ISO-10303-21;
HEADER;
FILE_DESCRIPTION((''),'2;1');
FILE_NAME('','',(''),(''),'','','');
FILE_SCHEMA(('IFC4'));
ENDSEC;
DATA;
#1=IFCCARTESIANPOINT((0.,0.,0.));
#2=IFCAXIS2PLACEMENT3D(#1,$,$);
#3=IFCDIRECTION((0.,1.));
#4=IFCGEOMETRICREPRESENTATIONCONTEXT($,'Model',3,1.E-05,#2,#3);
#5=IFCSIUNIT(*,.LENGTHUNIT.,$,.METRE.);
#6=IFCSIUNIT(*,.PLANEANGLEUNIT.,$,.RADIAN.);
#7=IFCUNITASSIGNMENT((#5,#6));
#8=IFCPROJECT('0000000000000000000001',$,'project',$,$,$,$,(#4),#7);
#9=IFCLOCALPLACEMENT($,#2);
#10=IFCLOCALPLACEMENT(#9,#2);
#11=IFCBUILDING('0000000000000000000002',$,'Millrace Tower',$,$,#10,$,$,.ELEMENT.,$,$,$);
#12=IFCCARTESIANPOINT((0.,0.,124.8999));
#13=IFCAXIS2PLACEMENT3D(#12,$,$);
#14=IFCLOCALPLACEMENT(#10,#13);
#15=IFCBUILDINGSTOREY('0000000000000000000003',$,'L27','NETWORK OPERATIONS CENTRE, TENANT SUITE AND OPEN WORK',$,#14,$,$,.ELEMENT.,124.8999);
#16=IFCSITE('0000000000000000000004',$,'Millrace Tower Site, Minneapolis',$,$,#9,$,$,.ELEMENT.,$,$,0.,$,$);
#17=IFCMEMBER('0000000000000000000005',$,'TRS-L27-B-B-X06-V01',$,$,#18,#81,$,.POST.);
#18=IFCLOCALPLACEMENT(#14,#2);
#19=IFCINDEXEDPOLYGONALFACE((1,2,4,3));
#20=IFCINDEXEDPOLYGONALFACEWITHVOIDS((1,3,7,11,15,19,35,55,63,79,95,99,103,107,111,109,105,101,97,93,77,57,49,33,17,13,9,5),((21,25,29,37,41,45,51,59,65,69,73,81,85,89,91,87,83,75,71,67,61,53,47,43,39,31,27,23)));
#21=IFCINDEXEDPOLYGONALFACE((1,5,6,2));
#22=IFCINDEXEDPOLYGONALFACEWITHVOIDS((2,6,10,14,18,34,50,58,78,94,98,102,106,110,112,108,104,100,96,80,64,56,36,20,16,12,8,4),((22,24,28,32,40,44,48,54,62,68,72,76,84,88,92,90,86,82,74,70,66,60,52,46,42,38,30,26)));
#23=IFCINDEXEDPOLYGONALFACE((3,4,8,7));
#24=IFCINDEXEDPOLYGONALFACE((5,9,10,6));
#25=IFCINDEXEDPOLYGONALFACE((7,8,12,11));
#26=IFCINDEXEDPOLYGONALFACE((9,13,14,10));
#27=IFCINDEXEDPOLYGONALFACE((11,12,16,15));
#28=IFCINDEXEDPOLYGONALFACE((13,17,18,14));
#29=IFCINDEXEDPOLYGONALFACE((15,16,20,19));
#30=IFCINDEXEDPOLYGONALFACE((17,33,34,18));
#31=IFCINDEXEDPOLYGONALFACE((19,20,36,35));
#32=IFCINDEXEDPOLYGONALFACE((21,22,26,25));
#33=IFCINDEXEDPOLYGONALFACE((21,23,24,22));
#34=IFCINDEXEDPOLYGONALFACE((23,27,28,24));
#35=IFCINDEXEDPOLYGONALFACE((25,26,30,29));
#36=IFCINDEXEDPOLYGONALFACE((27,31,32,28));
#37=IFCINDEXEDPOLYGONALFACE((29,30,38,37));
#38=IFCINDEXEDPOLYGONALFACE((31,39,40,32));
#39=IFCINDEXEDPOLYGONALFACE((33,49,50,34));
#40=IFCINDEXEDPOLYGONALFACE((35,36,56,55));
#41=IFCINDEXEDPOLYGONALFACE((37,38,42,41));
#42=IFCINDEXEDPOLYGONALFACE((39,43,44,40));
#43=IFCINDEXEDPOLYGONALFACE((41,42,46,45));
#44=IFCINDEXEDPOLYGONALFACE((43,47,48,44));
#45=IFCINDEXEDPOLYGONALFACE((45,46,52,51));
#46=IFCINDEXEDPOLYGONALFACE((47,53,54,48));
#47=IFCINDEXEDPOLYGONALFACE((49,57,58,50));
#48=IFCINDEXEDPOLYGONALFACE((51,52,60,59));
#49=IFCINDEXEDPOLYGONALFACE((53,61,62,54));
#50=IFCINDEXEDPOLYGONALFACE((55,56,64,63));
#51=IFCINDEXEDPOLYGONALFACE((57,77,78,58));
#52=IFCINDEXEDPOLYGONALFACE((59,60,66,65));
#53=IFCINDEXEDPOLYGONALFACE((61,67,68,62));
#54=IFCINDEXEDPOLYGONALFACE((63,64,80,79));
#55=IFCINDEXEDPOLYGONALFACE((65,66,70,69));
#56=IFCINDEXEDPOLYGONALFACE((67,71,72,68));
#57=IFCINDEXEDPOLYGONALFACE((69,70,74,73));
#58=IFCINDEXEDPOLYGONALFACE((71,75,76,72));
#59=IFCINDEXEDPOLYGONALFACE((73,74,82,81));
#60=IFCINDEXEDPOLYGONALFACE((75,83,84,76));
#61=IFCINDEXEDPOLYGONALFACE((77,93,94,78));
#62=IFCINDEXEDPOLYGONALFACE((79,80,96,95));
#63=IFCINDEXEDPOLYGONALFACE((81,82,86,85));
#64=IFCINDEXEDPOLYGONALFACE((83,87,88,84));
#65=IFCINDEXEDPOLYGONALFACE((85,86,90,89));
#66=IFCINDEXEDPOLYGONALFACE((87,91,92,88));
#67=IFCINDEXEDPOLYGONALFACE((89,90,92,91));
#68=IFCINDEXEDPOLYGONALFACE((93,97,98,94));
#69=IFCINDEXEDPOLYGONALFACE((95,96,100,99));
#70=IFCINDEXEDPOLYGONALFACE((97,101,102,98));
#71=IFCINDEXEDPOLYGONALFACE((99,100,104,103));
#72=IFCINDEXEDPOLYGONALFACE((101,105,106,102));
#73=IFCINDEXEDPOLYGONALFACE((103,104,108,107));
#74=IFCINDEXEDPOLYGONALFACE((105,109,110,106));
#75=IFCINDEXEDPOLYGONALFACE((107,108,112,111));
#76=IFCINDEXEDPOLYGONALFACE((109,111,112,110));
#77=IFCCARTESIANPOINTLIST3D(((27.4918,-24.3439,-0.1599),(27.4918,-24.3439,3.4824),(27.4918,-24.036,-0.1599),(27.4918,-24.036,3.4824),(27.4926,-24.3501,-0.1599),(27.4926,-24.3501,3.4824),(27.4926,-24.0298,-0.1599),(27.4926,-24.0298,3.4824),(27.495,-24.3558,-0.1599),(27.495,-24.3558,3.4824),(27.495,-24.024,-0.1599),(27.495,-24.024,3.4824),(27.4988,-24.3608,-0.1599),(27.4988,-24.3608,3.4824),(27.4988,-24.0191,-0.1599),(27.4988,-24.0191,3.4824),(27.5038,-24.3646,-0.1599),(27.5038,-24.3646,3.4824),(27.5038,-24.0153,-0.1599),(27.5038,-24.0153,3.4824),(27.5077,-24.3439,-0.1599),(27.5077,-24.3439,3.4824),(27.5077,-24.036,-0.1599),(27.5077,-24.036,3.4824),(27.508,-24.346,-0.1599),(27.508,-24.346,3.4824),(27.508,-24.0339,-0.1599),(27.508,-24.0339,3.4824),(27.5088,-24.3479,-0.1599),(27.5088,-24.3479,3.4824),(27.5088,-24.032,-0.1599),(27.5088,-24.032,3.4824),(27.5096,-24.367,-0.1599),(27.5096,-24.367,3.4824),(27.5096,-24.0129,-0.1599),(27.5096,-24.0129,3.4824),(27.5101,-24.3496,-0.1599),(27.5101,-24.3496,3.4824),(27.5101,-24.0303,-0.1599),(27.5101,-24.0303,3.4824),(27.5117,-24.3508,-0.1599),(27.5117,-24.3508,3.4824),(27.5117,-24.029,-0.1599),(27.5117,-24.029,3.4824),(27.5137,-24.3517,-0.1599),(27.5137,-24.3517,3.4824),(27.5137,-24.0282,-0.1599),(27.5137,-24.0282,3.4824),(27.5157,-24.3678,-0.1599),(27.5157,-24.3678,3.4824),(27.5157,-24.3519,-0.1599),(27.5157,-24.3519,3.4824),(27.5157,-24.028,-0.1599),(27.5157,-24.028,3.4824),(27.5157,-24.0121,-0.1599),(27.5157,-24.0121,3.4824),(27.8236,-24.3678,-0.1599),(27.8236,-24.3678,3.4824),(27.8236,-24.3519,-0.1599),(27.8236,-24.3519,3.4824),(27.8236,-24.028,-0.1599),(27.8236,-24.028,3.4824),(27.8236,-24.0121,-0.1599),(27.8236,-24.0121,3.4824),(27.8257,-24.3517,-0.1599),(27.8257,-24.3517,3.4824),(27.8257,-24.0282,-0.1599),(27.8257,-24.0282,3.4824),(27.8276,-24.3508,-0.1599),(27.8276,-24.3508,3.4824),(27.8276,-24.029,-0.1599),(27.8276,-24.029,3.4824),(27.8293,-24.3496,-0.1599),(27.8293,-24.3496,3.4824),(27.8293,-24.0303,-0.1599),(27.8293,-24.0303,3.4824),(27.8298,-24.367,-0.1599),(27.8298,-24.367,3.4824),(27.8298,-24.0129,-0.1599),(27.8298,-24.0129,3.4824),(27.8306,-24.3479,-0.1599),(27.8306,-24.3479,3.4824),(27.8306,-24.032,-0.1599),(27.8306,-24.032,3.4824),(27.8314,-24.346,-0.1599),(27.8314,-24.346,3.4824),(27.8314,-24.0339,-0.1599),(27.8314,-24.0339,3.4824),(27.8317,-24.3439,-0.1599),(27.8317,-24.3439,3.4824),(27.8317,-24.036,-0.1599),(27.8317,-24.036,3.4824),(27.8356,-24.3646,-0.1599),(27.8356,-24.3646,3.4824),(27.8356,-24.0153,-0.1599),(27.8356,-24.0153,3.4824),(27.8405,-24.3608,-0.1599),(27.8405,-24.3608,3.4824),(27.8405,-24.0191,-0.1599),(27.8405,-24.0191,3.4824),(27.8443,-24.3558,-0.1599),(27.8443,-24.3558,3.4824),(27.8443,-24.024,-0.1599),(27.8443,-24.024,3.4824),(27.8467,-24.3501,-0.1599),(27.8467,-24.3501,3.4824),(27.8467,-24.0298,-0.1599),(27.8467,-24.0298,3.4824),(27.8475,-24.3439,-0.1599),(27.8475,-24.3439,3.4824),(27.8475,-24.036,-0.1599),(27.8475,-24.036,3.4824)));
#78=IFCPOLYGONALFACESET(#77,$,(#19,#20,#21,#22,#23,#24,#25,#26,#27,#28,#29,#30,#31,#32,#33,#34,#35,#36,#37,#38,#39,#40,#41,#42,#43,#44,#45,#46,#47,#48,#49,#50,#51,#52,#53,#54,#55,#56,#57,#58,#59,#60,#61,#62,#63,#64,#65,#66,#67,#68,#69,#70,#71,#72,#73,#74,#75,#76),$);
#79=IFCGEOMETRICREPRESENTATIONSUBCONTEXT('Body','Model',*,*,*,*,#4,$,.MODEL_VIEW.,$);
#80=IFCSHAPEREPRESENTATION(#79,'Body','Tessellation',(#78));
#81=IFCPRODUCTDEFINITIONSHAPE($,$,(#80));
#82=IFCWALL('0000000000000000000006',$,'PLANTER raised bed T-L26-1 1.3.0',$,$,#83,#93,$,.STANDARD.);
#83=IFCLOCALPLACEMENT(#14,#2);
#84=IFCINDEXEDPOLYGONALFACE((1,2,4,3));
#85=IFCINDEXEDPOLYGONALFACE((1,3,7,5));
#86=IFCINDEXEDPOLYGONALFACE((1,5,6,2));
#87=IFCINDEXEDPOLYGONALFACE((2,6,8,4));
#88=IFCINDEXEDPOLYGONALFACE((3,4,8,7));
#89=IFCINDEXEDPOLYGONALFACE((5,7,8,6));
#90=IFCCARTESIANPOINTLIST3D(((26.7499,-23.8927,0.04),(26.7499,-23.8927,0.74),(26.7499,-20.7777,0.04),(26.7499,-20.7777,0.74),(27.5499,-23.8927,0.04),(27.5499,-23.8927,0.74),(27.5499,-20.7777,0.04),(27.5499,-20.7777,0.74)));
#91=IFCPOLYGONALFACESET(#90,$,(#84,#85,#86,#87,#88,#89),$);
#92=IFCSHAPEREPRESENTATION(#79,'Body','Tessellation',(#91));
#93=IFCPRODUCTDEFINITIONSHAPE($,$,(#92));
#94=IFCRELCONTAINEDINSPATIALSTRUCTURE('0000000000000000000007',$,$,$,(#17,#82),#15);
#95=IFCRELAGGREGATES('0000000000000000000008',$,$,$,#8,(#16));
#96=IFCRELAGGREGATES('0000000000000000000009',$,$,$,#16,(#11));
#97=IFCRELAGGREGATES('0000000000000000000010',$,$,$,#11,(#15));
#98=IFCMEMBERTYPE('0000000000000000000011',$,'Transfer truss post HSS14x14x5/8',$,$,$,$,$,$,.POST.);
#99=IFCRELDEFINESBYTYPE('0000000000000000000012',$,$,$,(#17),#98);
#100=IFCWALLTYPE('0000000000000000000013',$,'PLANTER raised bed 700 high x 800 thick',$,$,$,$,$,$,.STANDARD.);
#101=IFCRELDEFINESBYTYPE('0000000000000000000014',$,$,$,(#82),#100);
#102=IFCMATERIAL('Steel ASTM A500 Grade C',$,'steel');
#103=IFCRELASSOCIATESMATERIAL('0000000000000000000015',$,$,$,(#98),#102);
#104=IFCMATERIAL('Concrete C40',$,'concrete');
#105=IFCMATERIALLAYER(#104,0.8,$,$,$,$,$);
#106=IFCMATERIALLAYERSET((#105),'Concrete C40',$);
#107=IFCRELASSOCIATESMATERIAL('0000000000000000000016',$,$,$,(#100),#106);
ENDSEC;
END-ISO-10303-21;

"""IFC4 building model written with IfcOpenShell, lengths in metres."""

from ifc_helpers import new_model, si_unit, direction, frame, frame_2d, origin, origin_2d, place, context, subcontext, project, spatial, rectangle, hollow_rectangle, extrude, material, layer, layer_set, material_profile, profile_set, type_object, element, save


model = new_model("IFC4")

# Units and contexts
model_context = context("Model", 3, precision=1e-05, world=origin(), true_north=direction((0.0, 1.0)))
body_context = subcontext(model_context, "Body", "Model", "MODEL_VIEW")
ifc_project = project(units=[si_unit("LENGTHUNIT", "METRE"), si_unit("PLANEANGLEUNIT", "RADIAN")], contexts=[model_context])

# Site, building, storey
site_placement = place(None, origin())
site = spatial("IfcSite", under=ifc_project, at=site_placement, Name="Millrace Tower Site, Minneapolis", CompositionType="ELEMENT", RefElevation=0.0)
building_placement = place(site_placement, origin())
building = spatial("IfcBuilding", under=site, at=building_placement, Name="Millrace Tower", CompositionType="ELEMENT")
storey_placement = place(building_placement, frame((0.0, 0.0, 124.8999)))
storey = spatial("IfcBuildingStorey", under=building, at=storey_placement, Name="L27", Description="NETWORK OPERATIONS CENTRE, TENANT SUITE AND OPEN WORK", CompositionType="ELEMENT", Elevation=124.8999)

# Member
ifc_material_1 = material(Name="Steel ASTM A500 Grade C", Category="steel")
ifc_material_profile_1 = material_profile(ifc_material_1, hollow_rectangle(XDim=0.3557, YDim=0.3557, WallThickness=0.0159, InnerFilletRadius=0.0081, OuterFilletRadius=0.0239, at=origin_2d()))
ifc_profile_set_1 = profile_set([ifc_material_profile_1], Name="Steel ASTM A500 Grade C")
member_type_1 = type_object("IfcMemberType", Name="Transfer truss post HSS14x14x5/8", PredefinedType="POST", material=ifc_profile_set_1)
for number, where, z_axis, x_axis, name in (
    (1, (27.6697, -24.1899, -0.1599), (0.0, 0.0, 1.0), (1.0, 0.0, 0.0), "TRS-L27-B-B-X06-V01"),
):
    element("IfcMember", number, at=place(storey_placement, frame(where, z_axis=z_axis, x_axis=x_axis)), inside=storey, type_object=member_type_1, Name=name, PredefinedType="POST", context=body_context, shape_type="SweptSolid", body=[
        extrude(hollow_rectangle(XDim=0.3557, YDim=0.3557, WallThickness=0.0159, InnerFilletRadius=0.0081, OuterFilletRadius=0.0239, at=origin_2d()), origin(), (0.0, 0.0, 1.0), 3.6423),
    ])

# Wall
ifc_material_2 = material(Name="Concrete C40", Category="concrete")
ifc_layer_1 = layer(ifc_material_2, 0.8)
ifc_layer_set_1 = layer_set([ifc_layer_1], Name="Concrete C40")
wall_type = type_object("IfcWallType", Name="PLANTER raised bed 700 high x 800 thick", PredefinedType="STANDARD", material=ifc_layer_set_1)
wall_placement = place(storey_placement, frame((27.1499, -23.8928, 0.04), z_axis=(0.0, 0.0, 1.0), x_axis=(0.0, 1.0, 0.0)))
element("IfcWall", 2, at=wall_placement, inside=storey, type_object=wall_type, Name="PLANTER raised bed T-L26-1 1.3.0", PredefinedType="STANDARD", context=body_context, shape_type="SweptSolid", body=[
    extrude(rectangle(XDim=3.115, YDim=0.8, at=frame_2d((1.5576, 0.0))), origin(), (0.0, 0.0, 1.0), 0.7),
])

save(model, "model.ifc")
